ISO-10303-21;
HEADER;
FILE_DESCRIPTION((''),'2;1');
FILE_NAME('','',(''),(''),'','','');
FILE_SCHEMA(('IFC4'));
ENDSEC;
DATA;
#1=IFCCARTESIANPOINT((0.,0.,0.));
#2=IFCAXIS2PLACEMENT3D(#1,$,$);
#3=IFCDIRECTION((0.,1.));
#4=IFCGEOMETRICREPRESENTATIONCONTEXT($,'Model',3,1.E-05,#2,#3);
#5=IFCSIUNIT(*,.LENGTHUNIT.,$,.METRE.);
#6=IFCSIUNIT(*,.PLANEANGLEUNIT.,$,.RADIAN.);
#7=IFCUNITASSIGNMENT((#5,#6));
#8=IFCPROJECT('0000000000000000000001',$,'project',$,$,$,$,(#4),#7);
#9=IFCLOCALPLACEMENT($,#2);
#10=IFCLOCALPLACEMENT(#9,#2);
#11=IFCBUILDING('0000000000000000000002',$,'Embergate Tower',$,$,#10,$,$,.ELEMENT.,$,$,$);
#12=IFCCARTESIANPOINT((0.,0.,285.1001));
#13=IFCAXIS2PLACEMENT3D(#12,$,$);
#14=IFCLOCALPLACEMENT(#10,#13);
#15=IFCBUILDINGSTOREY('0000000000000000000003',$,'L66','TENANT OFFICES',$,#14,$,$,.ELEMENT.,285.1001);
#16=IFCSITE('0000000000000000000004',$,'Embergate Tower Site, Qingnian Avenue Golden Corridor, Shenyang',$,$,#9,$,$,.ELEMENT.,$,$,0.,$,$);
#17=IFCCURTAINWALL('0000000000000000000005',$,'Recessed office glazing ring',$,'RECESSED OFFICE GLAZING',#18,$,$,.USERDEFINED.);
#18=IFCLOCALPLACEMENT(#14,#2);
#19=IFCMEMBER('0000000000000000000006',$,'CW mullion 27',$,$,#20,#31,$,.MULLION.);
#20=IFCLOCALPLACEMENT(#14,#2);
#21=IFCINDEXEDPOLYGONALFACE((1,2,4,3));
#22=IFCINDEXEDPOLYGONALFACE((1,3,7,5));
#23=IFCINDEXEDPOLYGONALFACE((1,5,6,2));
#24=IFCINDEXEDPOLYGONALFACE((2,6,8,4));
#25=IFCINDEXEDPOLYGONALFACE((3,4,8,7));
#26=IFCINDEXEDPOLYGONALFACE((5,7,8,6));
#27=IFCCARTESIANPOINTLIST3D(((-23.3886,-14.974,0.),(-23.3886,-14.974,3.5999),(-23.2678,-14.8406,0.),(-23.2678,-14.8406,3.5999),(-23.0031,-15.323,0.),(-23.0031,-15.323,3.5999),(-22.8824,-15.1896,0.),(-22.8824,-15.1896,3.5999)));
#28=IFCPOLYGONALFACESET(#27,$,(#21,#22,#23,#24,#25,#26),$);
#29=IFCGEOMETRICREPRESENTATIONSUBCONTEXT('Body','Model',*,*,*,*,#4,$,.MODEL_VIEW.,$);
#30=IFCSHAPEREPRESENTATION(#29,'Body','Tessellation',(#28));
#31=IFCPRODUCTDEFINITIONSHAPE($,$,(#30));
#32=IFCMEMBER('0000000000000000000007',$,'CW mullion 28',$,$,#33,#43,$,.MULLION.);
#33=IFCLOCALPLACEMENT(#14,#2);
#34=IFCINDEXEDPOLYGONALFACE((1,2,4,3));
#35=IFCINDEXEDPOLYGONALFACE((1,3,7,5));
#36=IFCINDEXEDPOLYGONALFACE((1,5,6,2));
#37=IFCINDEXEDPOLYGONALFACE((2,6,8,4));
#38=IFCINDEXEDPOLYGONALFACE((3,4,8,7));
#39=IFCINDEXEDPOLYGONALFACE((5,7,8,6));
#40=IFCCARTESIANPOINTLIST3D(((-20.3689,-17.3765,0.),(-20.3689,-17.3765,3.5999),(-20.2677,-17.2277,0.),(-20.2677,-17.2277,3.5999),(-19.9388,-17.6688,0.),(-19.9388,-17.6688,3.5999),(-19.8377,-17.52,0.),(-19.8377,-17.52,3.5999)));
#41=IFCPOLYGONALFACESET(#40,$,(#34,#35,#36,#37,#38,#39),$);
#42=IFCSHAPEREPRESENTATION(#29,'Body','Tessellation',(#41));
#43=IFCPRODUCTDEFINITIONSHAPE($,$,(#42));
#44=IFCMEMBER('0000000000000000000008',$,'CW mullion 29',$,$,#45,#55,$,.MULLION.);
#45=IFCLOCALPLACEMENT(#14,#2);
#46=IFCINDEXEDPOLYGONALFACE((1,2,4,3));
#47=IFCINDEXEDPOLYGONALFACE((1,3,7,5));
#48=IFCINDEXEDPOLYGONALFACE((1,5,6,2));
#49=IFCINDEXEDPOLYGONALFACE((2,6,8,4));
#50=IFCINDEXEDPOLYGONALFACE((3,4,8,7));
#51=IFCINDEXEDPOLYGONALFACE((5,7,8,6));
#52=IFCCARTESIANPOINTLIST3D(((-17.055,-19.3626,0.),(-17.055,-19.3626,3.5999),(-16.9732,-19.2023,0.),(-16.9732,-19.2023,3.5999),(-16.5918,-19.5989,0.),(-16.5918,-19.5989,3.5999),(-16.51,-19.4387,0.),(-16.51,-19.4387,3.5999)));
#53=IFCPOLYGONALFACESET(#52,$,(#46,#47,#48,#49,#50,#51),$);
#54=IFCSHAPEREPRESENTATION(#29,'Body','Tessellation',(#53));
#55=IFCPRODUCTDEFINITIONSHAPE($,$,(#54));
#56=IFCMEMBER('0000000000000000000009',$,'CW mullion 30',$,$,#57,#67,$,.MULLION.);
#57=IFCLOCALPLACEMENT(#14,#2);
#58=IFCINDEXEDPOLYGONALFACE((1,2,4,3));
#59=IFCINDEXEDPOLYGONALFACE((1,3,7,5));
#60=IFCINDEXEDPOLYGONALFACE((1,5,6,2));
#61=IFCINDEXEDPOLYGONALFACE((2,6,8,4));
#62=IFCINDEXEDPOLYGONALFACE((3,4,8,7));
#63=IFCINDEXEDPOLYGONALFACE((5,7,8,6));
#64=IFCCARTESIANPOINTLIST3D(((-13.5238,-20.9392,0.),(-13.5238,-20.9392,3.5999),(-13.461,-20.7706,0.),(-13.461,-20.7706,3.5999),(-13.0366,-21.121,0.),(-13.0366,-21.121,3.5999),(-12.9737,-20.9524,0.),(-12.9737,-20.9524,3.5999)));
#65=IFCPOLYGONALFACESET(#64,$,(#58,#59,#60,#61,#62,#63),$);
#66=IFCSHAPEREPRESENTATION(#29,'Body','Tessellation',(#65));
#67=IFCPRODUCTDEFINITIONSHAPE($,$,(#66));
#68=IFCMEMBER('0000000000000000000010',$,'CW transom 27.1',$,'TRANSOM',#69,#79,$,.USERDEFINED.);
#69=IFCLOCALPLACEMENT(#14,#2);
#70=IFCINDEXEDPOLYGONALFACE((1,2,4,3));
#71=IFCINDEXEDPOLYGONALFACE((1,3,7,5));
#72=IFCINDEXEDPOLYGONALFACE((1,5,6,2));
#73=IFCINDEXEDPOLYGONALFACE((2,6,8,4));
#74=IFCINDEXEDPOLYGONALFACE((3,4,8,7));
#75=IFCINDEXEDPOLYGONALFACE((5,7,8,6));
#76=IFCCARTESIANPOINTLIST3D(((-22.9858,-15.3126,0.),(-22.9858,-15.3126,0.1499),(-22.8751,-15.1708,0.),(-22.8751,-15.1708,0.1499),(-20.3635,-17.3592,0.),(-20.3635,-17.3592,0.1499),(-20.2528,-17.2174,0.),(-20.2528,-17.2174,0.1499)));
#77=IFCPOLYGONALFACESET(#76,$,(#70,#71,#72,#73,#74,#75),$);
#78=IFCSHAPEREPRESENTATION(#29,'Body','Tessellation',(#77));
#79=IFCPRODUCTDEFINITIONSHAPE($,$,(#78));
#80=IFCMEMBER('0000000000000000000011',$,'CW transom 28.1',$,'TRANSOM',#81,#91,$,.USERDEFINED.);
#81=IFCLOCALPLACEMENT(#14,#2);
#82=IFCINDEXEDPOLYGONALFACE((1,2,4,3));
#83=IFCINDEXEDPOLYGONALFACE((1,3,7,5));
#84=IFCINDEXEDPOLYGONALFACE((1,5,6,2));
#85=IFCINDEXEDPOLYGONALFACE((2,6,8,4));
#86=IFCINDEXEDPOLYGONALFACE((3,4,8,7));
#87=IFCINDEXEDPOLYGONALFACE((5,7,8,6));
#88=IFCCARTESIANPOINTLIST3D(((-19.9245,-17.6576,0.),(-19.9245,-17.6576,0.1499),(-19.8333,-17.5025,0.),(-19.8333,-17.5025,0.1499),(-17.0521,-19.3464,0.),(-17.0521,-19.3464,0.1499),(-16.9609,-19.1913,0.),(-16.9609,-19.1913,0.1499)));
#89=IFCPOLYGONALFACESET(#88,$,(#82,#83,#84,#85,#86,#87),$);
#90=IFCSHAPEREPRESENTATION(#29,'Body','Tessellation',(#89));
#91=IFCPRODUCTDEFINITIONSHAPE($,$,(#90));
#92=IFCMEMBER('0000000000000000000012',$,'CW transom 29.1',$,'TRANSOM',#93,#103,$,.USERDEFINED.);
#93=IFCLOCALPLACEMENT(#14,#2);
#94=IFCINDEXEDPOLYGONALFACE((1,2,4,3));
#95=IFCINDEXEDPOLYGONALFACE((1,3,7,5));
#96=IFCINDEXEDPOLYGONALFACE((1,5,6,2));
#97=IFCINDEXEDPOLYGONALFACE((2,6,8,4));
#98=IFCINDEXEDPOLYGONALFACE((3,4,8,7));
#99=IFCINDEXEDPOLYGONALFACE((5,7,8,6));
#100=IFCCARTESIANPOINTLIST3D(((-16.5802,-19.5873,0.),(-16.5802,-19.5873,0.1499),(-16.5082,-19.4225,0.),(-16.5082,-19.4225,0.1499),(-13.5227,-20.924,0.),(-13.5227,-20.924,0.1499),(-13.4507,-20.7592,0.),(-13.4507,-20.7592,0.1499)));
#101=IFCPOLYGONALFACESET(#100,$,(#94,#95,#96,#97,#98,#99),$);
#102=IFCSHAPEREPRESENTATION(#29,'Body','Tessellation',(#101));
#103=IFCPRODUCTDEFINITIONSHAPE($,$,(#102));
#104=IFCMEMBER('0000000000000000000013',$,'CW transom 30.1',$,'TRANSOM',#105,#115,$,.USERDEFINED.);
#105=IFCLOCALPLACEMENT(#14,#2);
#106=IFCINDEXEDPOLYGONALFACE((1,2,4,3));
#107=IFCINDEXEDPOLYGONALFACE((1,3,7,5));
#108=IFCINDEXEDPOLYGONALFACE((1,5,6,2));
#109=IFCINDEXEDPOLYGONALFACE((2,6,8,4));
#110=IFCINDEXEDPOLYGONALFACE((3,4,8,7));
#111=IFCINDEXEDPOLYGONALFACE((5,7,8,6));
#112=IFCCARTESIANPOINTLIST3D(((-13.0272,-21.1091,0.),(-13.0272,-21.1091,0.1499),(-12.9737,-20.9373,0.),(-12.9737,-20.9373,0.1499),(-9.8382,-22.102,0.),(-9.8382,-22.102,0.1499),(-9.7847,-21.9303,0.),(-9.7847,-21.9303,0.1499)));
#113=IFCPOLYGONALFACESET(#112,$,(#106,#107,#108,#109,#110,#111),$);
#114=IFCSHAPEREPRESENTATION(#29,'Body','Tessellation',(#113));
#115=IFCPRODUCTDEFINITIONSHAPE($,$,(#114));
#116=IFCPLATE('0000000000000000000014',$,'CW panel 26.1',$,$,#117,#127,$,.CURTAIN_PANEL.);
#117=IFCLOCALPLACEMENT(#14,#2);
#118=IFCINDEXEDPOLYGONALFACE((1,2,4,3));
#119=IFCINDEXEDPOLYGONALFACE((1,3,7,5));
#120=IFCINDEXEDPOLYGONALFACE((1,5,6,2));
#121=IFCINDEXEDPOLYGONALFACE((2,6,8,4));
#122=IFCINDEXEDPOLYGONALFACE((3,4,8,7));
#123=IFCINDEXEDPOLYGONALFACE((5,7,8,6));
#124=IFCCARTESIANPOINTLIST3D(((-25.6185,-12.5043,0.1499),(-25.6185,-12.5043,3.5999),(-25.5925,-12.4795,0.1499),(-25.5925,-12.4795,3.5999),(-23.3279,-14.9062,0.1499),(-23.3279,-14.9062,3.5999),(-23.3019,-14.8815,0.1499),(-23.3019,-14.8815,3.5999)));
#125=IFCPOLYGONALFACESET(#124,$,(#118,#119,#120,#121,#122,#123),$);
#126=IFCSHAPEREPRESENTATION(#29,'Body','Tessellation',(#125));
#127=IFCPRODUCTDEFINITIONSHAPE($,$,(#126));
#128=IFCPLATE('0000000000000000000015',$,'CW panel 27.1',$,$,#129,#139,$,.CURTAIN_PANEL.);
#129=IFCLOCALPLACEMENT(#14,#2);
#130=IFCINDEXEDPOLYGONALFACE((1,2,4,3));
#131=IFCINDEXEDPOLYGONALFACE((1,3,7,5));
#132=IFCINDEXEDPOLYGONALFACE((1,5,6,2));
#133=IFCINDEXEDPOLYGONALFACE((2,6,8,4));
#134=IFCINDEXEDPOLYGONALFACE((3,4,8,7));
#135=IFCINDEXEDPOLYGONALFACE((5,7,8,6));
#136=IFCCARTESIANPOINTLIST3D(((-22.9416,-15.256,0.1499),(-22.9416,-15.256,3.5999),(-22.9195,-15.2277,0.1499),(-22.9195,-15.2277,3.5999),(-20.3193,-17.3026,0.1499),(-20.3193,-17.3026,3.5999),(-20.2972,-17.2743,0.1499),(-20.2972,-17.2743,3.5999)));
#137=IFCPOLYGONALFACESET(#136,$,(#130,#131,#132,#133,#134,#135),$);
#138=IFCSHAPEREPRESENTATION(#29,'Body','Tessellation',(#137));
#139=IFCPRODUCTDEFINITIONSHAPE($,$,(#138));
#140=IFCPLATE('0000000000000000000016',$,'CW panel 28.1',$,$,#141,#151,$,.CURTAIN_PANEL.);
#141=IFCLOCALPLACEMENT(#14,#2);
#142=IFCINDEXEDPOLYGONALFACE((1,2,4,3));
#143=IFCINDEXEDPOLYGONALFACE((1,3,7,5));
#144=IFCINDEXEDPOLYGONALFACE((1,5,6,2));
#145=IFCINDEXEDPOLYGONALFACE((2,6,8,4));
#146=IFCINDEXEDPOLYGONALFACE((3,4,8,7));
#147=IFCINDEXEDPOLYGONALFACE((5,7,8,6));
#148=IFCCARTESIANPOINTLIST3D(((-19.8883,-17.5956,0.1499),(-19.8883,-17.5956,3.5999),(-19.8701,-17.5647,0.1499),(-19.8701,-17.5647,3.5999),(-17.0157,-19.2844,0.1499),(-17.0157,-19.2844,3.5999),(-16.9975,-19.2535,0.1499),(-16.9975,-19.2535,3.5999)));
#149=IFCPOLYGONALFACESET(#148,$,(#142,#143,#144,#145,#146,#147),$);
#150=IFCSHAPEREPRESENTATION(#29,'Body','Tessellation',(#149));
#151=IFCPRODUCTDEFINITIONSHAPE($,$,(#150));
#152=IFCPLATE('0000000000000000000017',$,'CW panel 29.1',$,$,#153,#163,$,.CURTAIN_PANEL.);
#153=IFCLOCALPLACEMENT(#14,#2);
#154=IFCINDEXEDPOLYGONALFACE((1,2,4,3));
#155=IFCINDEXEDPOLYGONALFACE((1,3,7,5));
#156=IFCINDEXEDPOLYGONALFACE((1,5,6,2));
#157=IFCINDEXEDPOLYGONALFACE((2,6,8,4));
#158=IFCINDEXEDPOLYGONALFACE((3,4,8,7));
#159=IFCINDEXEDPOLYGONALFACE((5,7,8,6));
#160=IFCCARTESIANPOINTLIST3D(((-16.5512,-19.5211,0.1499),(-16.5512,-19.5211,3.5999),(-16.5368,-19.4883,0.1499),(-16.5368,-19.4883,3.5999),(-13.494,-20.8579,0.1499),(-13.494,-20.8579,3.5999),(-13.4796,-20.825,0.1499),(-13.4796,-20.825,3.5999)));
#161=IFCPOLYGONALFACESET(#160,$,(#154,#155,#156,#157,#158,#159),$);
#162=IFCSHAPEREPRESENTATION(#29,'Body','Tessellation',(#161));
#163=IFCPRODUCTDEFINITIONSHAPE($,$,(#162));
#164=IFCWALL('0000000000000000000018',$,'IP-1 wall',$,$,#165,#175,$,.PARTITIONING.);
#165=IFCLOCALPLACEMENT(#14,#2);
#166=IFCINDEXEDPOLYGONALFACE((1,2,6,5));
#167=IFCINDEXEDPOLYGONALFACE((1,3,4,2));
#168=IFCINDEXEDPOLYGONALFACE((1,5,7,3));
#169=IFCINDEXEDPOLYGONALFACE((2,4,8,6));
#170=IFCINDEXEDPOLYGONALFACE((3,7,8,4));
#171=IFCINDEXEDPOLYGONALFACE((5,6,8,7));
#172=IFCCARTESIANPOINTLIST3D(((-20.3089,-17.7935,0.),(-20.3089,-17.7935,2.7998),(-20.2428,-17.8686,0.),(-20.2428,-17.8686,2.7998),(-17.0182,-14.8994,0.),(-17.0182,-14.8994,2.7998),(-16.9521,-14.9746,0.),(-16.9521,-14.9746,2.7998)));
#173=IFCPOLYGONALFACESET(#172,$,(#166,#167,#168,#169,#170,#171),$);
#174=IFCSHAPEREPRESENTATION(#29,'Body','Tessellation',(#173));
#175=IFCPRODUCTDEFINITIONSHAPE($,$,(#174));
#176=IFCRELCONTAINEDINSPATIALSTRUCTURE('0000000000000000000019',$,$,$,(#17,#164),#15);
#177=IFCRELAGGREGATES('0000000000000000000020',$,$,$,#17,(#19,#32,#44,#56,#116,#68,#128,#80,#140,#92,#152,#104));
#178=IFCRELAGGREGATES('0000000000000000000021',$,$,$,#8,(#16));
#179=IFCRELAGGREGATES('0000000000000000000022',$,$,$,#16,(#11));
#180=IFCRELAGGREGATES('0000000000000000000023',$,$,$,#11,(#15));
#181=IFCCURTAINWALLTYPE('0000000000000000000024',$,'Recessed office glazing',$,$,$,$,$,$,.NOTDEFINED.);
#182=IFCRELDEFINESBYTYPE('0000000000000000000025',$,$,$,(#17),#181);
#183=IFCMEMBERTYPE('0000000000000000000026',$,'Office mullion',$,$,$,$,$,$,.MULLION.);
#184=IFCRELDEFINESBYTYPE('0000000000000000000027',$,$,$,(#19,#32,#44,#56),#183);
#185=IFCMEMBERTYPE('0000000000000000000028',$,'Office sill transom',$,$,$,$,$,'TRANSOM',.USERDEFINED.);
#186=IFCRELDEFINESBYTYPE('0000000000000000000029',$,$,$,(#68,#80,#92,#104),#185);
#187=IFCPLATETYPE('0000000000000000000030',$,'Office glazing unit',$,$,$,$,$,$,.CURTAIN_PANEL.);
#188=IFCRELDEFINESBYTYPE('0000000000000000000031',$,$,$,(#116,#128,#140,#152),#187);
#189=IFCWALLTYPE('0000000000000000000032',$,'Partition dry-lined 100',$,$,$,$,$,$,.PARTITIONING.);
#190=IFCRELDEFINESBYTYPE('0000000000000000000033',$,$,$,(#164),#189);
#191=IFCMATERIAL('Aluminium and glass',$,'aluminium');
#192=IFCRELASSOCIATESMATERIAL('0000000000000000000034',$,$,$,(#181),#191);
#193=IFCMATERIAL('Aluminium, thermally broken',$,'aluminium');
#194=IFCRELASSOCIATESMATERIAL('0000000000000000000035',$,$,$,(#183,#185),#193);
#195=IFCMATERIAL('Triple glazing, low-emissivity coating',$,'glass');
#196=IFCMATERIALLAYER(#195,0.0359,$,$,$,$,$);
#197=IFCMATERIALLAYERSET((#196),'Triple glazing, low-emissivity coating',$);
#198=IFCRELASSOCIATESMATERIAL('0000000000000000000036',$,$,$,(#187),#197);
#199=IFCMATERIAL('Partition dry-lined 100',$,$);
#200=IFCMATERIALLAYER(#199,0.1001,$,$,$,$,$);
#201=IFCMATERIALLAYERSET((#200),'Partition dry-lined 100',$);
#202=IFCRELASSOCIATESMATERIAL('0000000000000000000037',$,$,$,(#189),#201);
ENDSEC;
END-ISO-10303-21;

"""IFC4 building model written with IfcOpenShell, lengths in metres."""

from ifc_helpers import new_model, si_unit, direction, frame, frame_2d, origin, origin_2d, place, context, subcontext, project, spatial, rectangle, extrude, source, transform, mapped, material, layer, layer_set, material_profile, profile_set, type_object, element, aggregate, save


model = new_model("IFC4")

# Units and contexts
model_context = context("Model", 3, precision=1e-05, world=origin(), true_north=direction((0.0, 1.0)))
body_context = subcontext(model_context, "Body", "Model", "MODEL_VIEW")
ifc_project = project(units=[si_unit("LENGTHUNIT", "METRE"), si_unit("PLANEANGLEUNIT", "RADIAN")], contexts=[model_context])

# Site, building, storey
site_placement = place(None, origin())
site = spatial("IfcSite", under=ifc_project, at=site_placement, Name="Embergate Tower Site, Qingnian Avenue Golden Corridor, Shenyang", CompositionType="ELEMENT", RefElevation=0.0)
building_placement = place(site_placement, origin())
building = spatial("IfcBuilding", under=site, at=building_placement, Name="Embergate Tower", CompositionType="ELEMENT")
storey_placement = place(building_placement, frame((0.0, 0.0, 285.1001)))
storey = spatial("IfcBuildingStorey", under=building, at=storey_placement, Name="L66", Description="TENANT OFFICES", CompositionType="ELEMENT", Elevation=285.1001)

# Curtain wall, members, plates
ifc_material_1 = material(Name="Aluminium and glass", Category="aluminium")
curtain_wall_type = type_object("IfcCurtainWallType", Name="Recessed office glazing", PredefinedType="NOTDEFINED", material=ifc_material_1)
curtain_wall_placement = place(storey_placement, origin())
curtain_wall = element("IfcCurtainWall", 1, at=curtain_wall_placement, inside=storey, type_object=curtain_wall_type, Name="Recessed office glazing ring", ObjectType="RECESSED OFFICE GLAZING", PredefinedType="USERDEFINED")
ifc_material_2 = material(Name="Aluminium, thermally broken", Category="aluminium")
ifc_material_profile_1 = material_profile(ifc_material_2, rectangle(XDim=0.1799, YDim=0.52, at=origin_2d()), Name="AL 520x180")
ifc_profile_set_1 = profile_set([ifc_material_profile_1], Name="Aluminium, thermally broken")
member_type_1 = type_object("IfcMemberType", Name="Office mullion", PredefinedType="MULLION", material=ifc_profile_set_1)
shared_shape_1 = source(origin(), body_context, "Body", "SweptSolid", [
    extrude(rectangle(XDim=0.1799, YDim=0.52, at=origin_2d()), origin(), (0.0, 0.0, 1.0), 3.5999),
])
member_1_placement = place(storey_placement, frame((-23.1355, -15.0818, 0.0), z_axis=(0.0, 0.0, 1.0), x_axis=(0.67121, 0.741268, 0.0)))
member_1 = element("IfcMember", 2, at=member_1_placement, type_object=member_type_1, Name="CW mullion 27", PredefinedType="MULLION", context=body_context, shape_type="MappedRepresentation", body=[
    mapped(shared_shape_1, transform((0.0, 0.0, 0.0))),
])
member_2_placement = place(storey_placement, frame((-20.1033, -17.4482, 0.0), z_axis=(0.0, 0.0, 1.0), x_axis=(0.562202, 0.827, 0.0)))
member_2 = element("IfcMember", 3, at=member_2_placement, type_object=member_type_1, Name="CW mullion 28", PredefinedType="MULLION", context=body_context, shape_type="MappedRepresentation", body=[
    mapped(shared_shape_1, transform((0.0, 0.0, 0.0))),
])
member_3_placement = place(storey_placement, frame((-16.7825, -19.4006, 0.0), z_axis=(0.0, 0.0, 1.0), x_axis=(0.454499, 0.890747, 0.0)))
member_3 = element("IfcMember", 4, at=member_3_placement, type_object=member_type_1, Name="CW mullion 29", PredefinedType="MULLION", context=body_context, shape_type="MappedRepresentation", body=[
    mapped(shared_shape_1, transform((0.0, 0.0, 0.0))),
])
member_4_placement = place(storey_placement, frame((-13.2488, -20.9458, 0.0), z_axis=(0.0, 0.0, 1.0), x_axis=(0.349493, 0.936939, 0.0)))
member_4 = element("IfcMember", 5, at=member_4_placement, type_object=member_type_1, Name="CW mullion 30", PredefinedType="MULLION", context=body_context, shape_type="MappedRepresentation", body=[
    mapped(shared_shape_1, transform((0.0, 0.0, 0.0))),
])
ifc_material_profile_2 = material_profile(ifc_material_2, rectangle(XDim=0.1799, YDim=0.1499, at=origin_2d()), Name="AL 150x180")
ifc_profile_set_2 = profile_set([ifc_material_profile_2], Name="Aluminium, thermally broken")
member_type_2 = type_object("IfcMemberType", Name="Office sill transom", ElementType="TRANSOM", PredefinedType="USERDEFINED", material=ifc_profile_set_2)
shared_shape_2 = source(origin(), body_context, "Body", "SweptSolid", [
    extrude(rectangle(XDim=0.1799, YDim=0.1499, at=origin_2d()), origin(), (0.0, 0.0, 1.0), 3.3264),
])
member_5_placement = place(storey_placement, frame((-22.9304, -15.2417, 0.075), z_axis=(0.788324, -0.615261, 0.0), x_axis=(0.615261, 0.788324, 0.0)))
member_5 = element("IfcMember", 6, at=member_5_placement, type_object=member_type_2, Name="CW transom 27.1", ObjectType="TRANSOM", PredefinedType="USERDEFINED", context=body_context, shape_type="MappedRepresentation", body=[
    mapped(shared_shape_2, transform((0.0, 0.0, 0.0))),
])
shared_shape_3 = source(origin(), body_context, "Body", "SweptSolid", [
    extrude(rectangle(XDim=0.1799, YDim=0.1499, at=origin_2d()), origin(), (0.0, 0.0, 1.0), 3.332),
])
member_6_placement = place(storey_placement, frame((-19.8789, -17.5801, 0.075), z_axis=(0.862049, -0.506825, 0.0), x_axis=(0.506825, 0.862049, 0.0)))
member_6 = element("IfcMember", 7, at=member_6_placement, type_object=member_type_2, Name="CW transom 28.1", ObjectType="TRANSOM", PredefinedType="USERDEFINED", context=body_context, shape_type="MappedRepresentation", body=[
    mapped(shared_shape_3, transform((0.0, 0.0, 0.0))),
])
shared_shape_4 = source(origin(), body_context, "Body", "SweptSolid", [
    extrude(rectangle(XDim=0.1799, YDim=0.1499, at=origin_2d()), origin(), (0.0, 0.0, 1.0), 3.3369),
])
member_7_placement = place(storey_placement, frame((-16.5442, -19.5049, 0.075), z_axis=(0.91626, -0.400585, 0.0), x_axis=(0.400585, 0.91626, 0.0)))
member_7 = element("IfcMember", 8, at=member_7_placement, type_object=member_type_2, Name="CW transom 29.1", ObjectType="TRANSOM", PredefinedType="USERDEFINED", context=body_context, shape_type="MappedRepresentation", body=[
    mapped(shared_shape_4, transform((0.0, 0.0, 0.0))),
])
shared_shape_5 = source(origin(), body_context, "Body", "SweptSolid", [
    extrude(rectangle(XDim=0.1799, YDim=0.1499, at=origin_2d()), origin(), (0.0, 0.0, 1.0), 3.3401),
])
member_8_placement = place(storey_placement, frame((-13.0005, -21.0232, 0.075), z_axis=(0.954789, -0.297284, 0.0), x_axis=(0.297284, 0.954789, 0.0)))
member_8 = element("IfcMember", 9, at=member_8_placement, type_object=member_type_2, Name="CW transom 30.1", ObjectType="TRANSOM", PredefinedType="USERDEFINED", context=body_context, shape_type="MappedRepresentation", body=[
    mapped(shared_shape_5, transform((0.0, 0.0, 0.0))),
])
ifc_material_3 = material(Name="Triple glazing, low-emissivity coating", Category="glass")
ifc_layer_1 = layer(ifc_material_3, 0.0359)
ifc_layer_set_1 = layer_set([ifc_layer_1], Name="Triple glazing, low-emissivity coating")
plate_type = type_object("IfcPlateType", Name="Office glazing unit", PredefinedType="CURTAIN_PANEL", material=ifc_layer_set_1)
shared_shape_6 = source(origin(), body_context, "Body", "SweptSolid", [
    extrude(rectangle(XDim=3.3191, YDim=0.0359, at=origin_2d()), origin(), (0.0, 0.0, 1.0), 3.45),
])
plate_1_placement = place(storey_placement, frame((-24.4602, -13.6929, 0.1499), z_axis=(0.0, 0.0, 1.0), x_axis=(0.690144, -0.723672, 0.0)))
plate_1 = element("IfcPlate", 10, at=plate_1_placement, type_object=plate_type, Name="CW panel 26.1", PredefinedType="CURTAIN_PANEL", context=body_context, shape_type="MappedRepresentation", body=[
    mapped(shared_shape_6, transform((0.0, 0.0, 0.0))),
])
shared_shape_7 = source(origin(), body_context, "Body", "SweptSolid", [
    extrude(rectangle(XDim=3.3264, YDim=0.0359, at=origin_2d()), origin(), (0.0, 0.0, 1.0), 3.45),
])
plate_2_placement = place(storey_placement, frame((-21.6194, -16.2651, 0.1499), z_axis=(0.0, 0.0, 1.0), x_axis=(0.788327, -0.615257, 0.0)))
plate_2 = element("IfcPlate", 11, at=plate_2_placement, type_object=plate_type, Name="CW panel 27.1", PredefinedType="CURTAIN_PANEL", context=body_context, shape_type="MappedRepresentation", body=[
    mapped(shared_shape_7, transform((0.0, 0.0, 0.0))),
])
shared_shape_8 = source(origin(), body_context, "Body", "SweptSolid", [
    extrude(rectangle(XDim=3.3323, YDim=0.0359, at=origin_2d()), origin(), (0.0, 0.0, 1.0), 3.45),
])
plate_3_placement = place(storey_placement, frame((-18.4429, -18.4246, 0.1499), z_axis=(0.0, 0.0, 1.0), x_axis=(0.862058, -0.50681, 0.0)))
plate_3 = element("IfcPlate", 12, at=plate_3_placement, type_object=plate_type, Name="CW panel 28.1", PredefinedType="CURTAIN_PANEL", context=body_context, shape_type="MappedRepresentation", body=[
    mapped(shared_shape_8, transform((0.0, 0.0, 0.0))),
])
shared_shape_9 = source(origin(), body_context, "Body", "SweptSolid", [
    extrude(rectangle(XDim=3.3367, YDim=0.0359, at=origin_2d()), origin(), (0.0, 0.0, 1.0), 3.45),
])
plate_4_placement = place(storey_placement, frame((-15.0154, -20.1731, 0.1499), z_axis=(0.0, 0.0, 1.0), x_axis=(0.916239, -0.400632, 0.0)))
plate_4 = element("IfcPlate", 13, at=plate_4_placement, type_object=plate_type, Name="CW panel 29.1", PredefinedType="CURTAIN_PANEL", context=body_context, shape_type="MappedRepresentation", body=[
    mapped(shared_shape_9, transform((0.0, 0.0, 0.0))),
])
aggregate(curtain_wall, [member_1, member_2, member_3, member_4, plate_1, member_5, plate_2, member_6, plate_3, member_7, plate_4, member_8])

# Wall
ifc_material_4 = material(Name="Partition dry-lined 100")
ifc_layer_2 = layer(ifc_material_4, 0.1001)
ifc_layer_set_2 = layer_set([ifc_layer_2], Name="Partition dry-lined 100")
wall_type = type_object("IfcWallType", Name="Partition dry-lined 100", PredefinedType="PARTITIONING", material=ifc_layer_set_2)
shared_shape_10 = source(origin(), body_context, "Body", "SweptSolid", [
    extrude(rectangle(XDim=4.3823, YDim=0.1001, at=frame_2d((2.1912, 0.0))), origin(), (0.0, 0.0, 1.0), 2.7998),
])
wall_1_placement = place(storey_placement, frame((-16.9851, -14.937, 0.0), z_axis=(0.0, 0.0, 1.0), x_axis=(-0.750921, -0.660392, 0.0)))
element("IfcWall", 14, at=wall_1_placement, inside=storey, type_object=wall_type, Name="IP-1 wall", PredefinedType="PARTITIONING", context=body_context, shape_type="MappedRepresentation", body=[
    mapped(shared_shape_10, transform((0.0, 0.0, 0.0))),
])

save(model, "model.ifc")
